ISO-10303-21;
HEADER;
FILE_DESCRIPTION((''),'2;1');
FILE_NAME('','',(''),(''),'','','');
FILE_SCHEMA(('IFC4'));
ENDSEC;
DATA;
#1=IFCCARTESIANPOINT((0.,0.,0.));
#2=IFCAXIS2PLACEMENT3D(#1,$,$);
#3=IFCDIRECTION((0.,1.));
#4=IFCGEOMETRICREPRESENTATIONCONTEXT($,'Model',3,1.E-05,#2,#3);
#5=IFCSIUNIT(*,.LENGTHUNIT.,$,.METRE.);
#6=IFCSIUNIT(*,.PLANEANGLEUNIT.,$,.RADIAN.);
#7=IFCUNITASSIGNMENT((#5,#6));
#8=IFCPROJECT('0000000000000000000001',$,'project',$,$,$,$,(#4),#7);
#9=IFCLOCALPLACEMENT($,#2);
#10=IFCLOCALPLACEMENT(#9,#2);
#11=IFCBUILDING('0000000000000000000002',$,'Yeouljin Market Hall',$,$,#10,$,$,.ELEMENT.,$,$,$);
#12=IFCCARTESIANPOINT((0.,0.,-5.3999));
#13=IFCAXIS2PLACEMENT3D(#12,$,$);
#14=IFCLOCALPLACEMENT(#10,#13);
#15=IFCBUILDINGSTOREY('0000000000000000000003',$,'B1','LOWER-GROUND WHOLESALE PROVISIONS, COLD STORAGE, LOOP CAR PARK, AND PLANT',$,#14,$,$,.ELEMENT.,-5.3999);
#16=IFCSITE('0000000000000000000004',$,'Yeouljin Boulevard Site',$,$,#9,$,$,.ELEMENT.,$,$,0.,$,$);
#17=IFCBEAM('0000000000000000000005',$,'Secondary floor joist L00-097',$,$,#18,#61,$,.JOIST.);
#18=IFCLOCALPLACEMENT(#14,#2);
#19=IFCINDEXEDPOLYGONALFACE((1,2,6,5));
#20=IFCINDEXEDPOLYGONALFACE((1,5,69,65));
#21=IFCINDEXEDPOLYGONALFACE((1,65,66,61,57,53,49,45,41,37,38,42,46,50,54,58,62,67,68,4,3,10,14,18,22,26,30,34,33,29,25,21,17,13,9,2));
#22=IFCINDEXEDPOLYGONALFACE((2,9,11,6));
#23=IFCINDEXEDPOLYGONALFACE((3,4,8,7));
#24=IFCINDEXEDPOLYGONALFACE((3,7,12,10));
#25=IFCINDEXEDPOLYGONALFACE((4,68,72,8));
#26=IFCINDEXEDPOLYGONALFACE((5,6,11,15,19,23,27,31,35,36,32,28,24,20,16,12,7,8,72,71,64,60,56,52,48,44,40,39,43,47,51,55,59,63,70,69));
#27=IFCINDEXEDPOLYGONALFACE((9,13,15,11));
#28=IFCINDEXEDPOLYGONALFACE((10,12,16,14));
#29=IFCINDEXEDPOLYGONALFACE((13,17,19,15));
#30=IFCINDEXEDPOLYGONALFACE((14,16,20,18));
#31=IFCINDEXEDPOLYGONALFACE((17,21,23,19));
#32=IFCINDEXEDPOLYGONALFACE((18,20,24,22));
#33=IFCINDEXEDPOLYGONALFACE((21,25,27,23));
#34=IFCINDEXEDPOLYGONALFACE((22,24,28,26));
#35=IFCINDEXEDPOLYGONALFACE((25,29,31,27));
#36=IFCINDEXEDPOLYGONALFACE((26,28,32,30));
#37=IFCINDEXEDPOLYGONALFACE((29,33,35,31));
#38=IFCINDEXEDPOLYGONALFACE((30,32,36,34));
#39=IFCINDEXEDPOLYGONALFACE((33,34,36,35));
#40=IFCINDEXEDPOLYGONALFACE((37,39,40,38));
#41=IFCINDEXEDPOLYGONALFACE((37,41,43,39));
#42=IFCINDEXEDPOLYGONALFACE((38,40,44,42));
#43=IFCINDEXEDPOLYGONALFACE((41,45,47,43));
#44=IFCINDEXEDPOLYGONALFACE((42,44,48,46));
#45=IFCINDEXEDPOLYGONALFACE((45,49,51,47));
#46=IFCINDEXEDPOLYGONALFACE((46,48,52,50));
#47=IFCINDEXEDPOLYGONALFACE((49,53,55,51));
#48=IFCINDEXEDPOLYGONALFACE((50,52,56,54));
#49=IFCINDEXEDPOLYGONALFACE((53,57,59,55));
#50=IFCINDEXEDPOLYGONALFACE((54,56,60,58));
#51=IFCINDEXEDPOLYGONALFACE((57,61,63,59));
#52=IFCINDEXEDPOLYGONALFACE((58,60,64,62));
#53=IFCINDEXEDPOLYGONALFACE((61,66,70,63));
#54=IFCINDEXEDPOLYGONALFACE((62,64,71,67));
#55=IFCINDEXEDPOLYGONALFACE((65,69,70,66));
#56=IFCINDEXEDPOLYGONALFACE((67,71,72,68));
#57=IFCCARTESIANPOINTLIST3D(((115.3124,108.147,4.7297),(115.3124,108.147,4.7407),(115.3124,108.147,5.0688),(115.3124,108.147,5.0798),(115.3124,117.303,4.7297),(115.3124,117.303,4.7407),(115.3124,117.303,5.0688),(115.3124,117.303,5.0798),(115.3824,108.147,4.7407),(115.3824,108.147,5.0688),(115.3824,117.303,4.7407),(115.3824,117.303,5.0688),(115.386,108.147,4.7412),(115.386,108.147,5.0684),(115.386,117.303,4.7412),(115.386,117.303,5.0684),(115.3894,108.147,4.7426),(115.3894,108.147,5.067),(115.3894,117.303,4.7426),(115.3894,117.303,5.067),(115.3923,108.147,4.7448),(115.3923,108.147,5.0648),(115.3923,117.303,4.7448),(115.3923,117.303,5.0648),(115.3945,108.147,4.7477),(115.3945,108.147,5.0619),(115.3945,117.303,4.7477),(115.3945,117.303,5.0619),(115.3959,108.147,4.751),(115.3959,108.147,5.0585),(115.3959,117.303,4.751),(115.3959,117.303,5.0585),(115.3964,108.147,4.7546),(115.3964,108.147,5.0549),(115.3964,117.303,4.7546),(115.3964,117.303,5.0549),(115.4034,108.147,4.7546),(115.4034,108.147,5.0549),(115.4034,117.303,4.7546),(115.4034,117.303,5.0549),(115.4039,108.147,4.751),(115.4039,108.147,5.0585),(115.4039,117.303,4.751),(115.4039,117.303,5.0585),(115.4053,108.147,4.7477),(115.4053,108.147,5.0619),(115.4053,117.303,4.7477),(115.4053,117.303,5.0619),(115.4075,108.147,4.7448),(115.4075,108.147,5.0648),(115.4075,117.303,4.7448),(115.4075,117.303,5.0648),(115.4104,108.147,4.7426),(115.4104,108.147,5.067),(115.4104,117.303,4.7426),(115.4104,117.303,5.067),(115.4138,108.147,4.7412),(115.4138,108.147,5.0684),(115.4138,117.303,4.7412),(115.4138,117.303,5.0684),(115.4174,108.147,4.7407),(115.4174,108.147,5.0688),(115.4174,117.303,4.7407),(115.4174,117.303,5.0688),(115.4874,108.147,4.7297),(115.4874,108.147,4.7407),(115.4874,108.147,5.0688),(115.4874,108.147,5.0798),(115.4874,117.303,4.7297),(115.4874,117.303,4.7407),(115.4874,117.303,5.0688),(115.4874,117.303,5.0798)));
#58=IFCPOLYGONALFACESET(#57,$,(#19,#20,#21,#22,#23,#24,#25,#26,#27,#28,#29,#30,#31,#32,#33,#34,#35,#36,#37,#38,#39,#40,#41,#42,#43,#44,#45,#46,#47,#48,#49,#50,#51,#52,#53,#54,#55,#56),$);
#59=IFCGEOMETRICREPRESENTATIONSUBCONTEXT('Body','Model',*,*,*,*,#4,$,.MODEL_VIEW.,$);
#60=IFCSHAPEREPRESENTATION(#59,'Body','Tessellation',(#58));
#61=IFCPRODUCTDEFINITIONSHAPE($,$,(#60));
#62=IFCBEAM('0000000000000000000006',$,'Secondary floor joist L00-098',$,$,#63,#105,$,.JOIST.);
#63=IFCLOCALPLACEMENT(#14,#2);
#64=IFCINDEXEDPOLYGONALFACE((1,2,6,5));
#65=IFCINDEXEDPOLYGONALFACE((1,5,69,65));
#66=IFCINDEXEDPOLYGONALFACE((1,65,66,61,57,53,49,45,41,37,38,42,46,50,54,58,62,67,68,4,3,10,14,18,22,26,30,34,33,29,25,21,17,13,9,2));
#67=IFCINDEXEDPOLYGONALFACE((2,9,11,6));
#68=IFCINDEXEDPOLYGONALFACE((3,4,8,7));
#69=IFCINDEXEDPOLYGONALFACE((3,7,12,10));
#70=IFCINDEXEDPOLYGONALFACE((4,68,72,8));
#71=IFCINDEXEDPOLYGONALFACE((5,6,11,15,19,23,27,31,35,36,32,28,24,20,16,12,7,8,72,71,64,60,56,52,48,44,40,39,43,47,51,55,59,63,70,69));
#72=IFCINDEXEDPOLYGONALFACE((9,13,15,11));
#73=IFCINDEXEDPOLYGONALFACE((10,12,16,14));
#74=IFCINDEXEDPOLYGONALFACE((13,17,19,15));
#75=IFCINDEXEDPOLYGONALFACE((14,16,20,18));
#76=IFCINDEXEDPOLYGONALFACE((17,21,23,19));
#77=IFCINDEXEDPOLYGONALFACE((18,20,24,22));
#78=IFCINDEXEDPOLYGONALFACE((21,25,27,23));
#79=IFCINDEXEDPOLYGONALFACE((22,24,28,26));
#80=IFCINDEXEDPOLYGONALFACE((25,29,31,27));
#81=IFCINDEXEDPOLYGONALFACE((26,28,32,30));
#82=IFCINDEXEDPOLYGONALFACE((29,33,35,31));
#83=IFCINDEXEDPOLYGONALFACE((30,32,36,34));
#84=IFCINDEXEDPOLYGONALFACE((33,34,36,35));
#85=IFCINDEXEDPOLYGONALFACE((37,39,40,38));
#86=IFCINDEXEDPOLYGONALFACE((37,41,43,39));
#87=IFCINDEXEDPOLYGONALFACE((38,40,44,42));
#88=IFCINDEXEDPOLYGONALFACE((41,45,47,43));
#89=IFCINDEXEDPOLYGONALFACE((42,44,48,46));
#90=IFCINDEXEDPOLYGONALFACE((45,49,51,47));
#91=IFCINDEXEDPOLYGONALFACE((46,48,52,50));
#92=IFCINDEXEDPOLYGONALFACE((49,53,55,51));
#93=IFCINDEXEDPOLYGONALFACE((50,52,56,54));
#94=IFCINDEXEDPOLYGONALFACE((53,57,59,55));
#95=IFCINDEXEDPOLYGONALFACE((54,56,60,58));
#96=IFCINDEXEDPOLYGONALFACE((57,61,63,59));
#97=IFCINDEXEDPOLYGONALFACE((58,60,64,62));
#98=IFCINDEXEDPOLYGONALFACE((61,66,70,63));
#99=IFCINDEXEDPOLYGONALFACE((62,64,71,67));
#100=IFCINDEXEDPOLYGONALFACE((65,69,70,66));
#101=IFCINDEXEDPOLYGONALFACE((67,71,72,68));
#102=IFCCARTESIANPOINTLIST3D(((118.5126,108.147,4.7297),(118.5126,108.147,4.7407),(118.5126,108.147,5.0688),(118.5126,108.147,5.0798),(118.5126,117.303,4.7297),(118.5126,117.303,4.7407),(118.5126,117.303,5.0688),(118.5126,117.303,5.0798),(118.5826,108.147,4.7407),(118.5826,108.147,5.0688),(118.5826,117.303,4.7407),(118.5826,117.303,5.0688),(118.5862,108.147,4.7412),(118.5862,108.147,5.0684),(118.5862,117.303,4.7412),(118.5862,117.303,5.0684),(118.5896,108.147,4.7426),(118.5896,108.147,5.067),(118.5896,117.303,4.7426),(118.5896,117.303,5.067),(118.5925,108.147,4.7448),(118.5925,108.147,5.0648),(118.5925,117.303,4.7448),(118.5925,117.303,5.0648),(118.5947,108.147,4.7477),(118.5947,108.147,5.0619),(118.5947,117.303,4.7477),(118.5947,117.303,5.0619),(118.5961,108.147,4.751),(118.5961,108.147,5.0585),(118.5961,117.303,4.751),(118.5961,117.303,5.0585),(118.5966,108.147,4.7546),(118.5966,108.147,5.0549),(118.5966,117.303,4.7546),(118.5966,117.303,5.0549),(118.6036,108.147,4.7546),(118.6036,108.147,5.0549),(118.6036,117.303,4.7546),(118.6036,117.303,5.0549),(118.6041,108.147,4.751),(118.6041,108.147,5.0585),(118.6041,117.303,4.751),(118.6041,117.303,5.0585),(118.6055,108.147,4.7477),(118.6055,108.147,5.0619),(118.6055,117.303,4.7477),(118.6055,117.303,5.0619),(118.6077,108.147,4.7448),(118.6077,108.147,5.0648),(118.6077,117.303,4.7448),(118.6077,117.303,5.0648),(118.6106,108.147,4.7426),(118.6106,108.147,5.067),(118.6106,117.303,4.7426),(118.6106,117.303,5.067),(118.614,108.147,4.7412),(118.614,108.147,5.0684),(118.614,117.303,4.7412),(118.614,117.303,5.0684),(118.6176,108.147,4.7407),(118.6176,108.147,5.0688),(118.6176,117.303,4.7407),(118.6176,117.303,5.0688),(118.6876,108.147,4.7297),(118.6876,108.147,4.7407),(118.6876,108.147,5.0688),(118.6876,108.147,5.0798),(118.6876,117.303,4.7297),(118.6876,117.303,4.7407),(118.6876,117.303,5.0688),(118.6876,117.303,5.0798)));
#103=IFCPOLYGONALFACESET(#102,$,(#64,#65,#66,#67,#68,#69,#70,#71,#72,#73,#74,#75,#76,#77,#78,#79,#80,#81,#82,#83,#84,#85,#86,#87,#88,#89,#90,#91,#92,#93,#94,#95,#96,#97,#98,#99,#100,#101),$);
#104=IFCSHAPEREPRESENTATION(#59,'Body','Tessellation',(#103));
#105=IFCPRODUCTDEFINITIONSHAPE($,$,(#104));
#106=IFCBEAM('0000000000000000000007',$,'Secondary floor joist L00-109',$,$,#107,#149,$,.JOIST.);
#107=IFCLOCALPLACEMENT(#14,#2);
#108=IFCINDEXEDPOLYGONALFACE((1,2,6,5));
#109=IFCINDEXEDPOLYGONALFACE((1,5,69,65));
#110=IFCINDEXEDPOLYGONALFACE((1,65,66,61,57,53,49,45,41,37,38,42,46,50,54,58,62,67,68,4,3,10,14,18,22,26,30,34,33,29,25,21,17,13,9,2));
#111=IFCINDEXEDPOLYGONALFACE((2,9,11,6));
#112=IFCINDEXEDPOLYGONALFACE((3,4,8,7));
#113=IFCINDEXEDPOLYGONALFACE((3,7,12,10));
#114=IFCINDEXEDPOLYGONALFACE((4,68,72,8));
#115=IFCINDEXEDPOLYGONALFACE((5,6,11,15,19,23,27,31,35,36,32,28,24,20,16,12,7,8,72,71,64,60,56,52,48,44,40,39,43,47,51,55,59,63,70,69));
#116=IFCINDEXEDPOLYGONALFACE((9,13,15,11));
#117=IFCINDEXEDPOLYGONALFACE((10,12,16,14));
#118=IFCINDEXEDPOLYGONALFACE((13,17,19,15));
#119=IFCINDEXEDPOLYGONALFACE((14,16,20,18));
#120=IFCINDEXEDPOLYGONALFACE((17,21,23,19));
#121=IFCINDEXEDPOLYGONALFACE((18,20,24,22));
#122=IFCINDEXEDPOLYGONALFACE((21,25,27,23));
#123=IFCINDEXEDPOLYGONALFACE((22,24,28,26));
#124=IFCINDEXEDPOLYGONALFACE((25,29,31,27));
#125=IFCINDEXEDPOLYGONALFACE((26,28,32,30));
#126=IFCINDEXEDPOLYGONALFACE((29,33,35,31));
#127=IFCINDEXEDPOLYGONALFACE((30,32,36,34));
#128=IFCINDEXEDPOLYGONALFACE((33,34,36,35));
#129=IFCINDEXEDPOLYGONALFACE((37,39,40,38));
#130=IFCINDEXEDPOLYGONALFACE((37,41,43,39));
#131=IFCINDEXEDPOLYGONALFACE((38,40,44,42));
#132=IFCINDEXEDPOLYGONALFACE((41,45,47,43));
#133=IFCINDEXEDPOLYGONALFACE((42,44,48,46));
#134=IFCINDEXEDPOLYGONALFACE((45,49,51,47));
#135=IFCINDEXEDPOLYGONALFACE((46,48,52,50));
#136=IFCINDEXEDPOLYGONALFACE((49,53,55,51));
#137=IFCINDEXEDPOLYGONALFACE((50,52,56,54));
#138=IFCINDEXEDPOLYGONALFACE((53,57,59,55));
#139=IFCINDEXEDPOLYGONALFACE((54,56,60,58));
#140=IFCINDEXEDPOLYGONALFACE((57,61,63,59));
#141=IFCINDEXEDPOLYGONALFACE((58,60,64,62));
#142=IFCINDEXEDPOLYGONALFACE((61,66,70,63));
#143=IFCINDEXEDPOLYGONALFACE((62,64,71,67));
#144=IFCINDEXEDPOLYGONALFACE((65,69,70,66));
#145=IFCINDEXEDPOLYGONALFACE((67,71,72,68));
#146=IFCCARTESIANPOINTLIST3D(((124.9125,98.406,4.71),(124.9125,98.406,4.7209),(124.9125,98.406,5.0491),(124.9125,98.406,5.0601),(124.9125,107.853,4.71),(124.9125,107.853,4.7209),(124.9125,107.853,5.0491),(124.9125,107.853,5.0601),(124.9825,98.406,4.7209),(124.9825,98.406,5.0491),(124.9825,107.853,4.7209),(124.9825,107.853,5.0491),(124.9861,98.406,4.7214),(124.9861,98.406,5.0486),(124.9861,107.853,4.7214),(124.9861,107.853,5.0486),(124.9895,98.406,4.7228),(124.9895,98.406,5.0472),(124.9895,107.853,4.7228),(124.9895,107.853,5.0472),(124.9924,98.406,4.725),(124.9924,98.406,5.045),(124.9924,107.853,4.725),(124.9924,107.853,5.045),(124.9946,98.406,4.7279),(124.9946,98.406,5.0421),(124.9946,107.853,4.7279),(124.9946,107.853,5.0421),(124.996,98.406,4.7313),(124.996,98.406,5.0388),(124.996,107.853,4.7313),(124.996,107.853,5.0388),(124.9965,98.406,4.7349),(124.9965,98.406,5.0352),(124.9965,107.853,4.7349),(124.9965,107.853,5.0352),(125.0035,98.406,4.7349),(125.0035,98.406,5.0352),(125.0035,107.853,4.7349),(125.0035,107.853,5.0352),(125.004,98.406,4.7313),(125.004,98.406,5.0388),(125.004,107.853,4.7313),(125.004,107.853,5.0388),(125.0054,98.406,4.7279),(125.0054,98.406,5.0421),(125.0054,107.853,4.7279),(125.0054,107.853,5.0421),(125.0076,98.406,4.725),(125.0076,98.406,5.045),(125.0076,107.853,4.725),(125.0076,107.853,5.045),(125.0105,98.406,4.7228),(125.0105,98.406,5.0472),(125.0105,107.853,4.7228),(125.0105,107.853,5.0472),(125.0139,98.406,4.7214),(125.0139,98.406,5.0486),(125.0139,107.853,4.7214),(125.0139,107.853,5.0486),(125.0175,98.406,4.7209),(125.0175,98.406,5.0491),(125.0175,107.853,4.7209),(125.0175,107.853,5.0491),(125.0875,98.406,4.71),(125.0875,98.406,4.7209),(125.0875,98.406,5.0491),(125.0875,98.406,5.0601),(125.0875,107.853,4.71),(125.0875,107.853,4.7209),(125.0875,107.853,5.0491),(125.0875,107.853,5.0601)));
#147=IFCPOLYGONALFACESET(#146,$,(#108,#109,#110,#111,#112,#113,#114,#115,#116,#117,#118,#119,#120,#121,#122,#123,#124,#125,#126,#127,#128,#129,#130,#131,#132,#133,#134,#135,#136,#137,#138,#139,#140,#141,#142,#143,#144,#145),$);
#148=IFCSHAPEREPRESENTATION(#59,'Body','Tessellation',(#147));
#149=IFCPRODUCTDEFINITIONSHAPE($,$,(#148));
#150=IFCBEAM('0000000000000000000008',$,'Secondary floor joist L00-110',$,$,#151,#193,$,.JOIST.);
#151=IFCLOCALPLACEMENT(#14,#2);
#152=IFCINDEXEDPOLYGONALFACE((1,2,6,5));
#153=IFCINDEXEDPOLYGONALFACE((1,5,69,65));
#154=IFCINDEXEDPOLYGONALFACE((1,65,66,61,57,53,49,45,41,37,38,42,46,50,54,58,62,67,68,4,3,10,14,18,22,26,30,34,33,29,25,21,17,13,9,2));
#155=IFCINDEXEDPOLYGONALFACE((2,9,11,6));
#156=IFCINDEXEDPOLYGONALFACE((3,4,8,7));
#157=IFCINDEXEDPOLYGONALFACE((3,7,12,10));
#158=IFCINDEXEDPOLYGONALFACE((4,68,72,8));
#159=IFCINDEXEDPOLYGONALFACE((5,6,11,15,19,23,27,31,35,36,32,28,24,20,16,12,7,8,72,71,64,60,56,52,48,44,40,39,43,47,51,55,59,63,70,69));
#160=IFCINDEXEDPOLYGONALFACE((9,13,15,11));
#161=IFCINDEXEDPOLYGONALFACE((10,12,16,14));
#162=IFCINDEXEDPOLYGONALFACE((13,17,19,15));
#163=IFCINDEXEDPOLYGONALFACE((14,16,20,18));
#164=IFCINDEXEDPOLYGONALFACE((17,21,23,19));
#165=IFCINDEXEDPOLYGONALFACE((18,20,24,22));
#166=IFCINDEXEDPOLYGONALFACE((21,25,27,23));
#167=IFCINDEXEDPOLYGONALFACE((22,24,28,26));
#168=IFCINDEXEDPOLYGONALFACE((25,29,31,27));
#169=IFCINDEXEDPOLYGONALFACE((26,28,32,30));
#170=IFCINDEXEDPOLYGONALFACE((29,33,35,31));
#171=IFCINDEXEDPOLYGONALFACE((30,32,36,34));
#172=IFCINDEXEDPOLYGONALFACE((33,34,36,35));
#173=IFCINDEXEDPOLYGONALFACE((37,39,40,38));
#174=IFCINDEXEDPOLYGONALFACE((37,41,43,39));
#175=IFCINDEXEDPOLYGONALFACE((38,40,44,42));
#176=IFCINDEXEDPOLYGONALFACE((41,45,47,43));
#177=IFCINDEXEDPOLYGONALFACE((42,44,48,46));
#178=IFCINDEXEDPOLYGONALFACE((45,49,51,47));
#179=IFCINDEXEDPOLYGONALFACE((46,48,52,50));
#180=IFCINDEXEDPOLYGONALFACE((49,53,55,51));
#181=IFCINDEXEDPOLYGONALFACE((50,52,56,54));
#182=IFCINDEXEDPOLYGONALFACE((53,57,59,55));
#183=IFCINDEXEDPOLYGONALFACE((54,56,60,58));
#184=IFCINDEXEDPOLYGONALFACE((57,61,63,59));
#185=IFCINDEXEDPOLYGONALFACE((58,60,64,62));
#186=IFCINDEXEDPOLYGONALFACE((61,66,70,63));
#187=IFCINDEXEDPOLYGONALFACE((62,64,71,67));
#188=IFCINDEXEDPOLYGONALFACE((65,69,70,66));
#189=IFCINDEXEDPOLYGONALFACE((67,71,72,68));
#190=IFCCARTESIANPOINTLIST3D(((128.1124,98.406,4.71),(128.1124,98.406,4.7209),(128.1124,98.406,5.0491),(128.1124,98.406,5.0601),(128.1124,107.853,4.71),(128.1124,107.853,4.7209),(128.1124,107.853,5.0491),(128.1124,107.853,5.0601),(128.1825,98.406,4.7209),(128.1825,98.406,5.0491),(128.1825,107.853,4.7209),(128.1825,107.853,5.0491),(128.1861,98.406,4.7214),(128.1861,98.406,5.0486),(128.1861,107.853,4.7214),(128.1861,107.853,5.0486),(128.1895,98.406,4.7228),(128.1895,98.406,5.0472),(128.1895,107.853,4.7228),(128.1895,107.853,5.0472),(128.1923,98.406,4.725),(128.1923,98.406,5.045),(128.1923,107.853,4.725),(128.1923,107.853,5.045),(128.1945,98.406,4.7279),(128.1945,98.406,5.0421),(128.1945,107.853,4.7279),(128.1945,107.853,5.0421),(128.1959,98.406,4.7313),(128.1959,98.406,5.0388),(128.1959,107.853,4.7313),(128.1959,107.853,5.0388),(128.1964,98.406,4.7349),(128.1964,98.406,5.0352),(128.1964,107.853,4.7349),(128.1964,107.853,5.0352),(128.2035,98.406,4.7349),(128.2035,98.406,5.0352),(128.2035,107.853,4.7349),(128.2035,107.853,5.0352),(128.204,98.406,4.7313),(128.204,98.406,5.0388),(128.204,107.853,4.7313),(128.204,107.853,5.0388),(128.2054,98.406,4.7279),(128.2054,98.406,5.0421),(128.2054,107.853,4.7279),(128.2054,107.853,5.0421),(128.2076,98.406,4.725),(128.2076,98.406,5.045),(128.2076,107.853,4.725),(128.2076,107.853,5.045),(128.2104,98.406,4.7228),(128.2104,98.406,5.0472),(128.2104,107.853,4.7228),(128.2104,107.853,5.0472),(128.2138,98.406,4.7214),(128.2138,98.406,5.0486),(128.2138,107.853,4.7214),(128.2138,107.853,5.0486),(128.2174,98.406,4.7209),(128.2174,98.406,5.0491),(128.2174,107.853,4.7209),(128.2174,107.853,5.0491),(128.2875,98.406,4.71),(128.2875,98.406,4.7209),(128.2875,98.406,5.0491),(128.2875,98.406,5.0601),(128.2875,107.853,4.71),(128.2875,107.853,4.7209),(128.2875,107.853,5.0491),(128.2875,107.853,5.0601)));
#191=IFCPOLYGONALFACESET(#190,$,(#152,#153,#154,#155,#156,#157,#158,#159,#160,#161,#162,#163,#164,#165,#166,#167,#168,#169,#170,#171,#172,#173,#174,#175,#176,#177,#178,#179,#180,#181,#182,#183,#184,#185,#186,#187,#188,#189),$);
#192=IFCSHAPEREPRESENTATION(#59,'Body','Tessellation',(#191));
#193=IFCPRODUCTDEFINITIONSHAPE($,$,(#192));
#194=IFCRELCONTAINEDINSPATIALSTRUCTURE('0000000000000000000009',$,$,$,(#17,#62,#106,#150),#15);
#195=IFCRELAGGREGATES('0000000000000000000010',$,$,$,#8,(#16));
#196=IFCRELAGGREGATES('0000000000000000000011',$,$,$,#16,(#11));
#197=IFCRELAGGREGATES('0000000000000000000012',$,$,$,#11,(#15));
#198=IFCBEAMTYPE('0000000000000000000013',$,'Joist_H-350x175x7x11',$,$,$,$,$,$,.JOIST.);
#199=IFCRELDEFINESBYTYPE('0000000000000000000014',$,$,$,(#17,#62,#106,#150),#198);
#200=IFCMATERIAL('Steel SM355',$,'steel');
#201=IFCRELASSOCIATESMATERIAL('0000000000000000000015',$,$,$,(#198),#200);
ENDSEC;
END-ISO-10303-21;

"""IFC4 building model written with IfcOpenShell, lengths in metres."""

from ifc_helpers import new_model, si_unit, direction, frame, origin, origin_2d, place, context, subcontext, project, spatial, i_section, extrude, material, material_profile, profile_set, type_object, element, save


model = new_model("IFC4")

# Units and contexts
model_context = context("Model", 3, precision=1e-05, world=origin(), true_north=direction((0.0, 1.0)))
body_context = subcontext(model_context, "Body", "Model", "MODEL_VIEW")
ifc_project = project(units=[si_unit("LENGTHUNIT", "METRE"), si_unit("PLANEANGLEUNIT", "RADIAN")], contexts=[model_context])

# Site, building, storey
site_placement = place(None, origin())
site = spatial("IfcSite", under=ifc_project, at=site_placement, Name="Yeouljin Boulevard Site", CompositionType="ELEMENT", RefElevation=0.0)
building_placement = place(site_placement, origin())
building = spatial("IfcBuilding", under=site, at=building_placement, Name="Yeouljin Market Hall", CompositionType="ELEMENT")
storey_placement = place(building_placement, frame((0.0, 0.0, -5.3999)))
storey = spatial("IfcBuildingStorey", under=building, at=storey_placement, Name="B1", Description="LOWER-GROUND WHOLESALE PROVISIONS, COLD STORAGE, LOOP CAR PARK, AND PLANT", CompositionType="ELEMENT", Elevation=-5.3999)

# Beams
ifc_material_1 = material(Name="Steel SM355", Category="steel")
ifc_material_profile_1 = material_profile(ifc_material_1, i_section(OverallWidth=0.175, OverallDepth=0.3501, WebThickness=0.0071, FlangeThickness=0.011, FilletRadius=0.0139, at=origin_2d()), Name="H-350x175x7x11")
ifc_profile_set_1 = profile_set([ifc_material_profile_1], Name="Steel SM355")
beam_type_1 = type_object("IfcBeamType", Name="Joist_H-350x175x7x11", PredefinedType="JOIST", material=ifc_profile_set_1)
for number, where, z_axis, x_axis, name in (
    (1, (115.3999, 108.147, 4.9048), (0.0, 1.0, 0.0), (-1.0, 0.0, 0.0), "Secondary floor joist L00-097"),
    (2, (118.6001, 108.147, 4.9048), (0.0, 1.0, 0.0), (-1.0, 0.0, 0.0), "Secondary floor joist L00-098"),
):
    element("IfcBeam", number, at=place(storey_placement, frame(where, z_axis=z_axis, x_axis=x_axis)), inside=storey, type_object=beam_type_1, Name=name, PredefinedType="JOIST", context=body_context, shape_type="SweptSolid", body=[
        extrude(i_section(OverallWidth=0.175, OverallDepth=0.3501, WebThickness=0.0071, FlangeThickness=0.011, FilletRadius=0.0139, at=origin_2d()), origin(), (0.0, 0.0, 1.0), 9.156),
    ])
for number, where, z_axis, x_axis, name in (
    (3, (125.0, 98.406, 4.885), (0.0, 1.0, 0.0), (-1.0, 0.0, 0.0), "Secondary floor joist L00-109"),
    (4, (128.2, 98.406, 4.885), (0.0, 1.0, 0.0), (-1.0, 0.0, 0.0), "Secondary floor joist L00-110"),
):
    element("IfcBeam", number, at=place(storey_placement, frame(where, z_axis=z_axis, x_axis=x_axis)), inside=storey, type_object=beam_type_1, Name=name, PredefinedType="JOIST", context=body_context, shape_type="SweptSolid", body=[
        extrude(i_section(OverallWidth=0.175, OverallDepth=0.3501, WebThickness=0.0071, FlangeThickness=0.011, FilletRadius=0.0139, at=origin_2d()), origin(), (0.0, 0.0, 1.0), 9.447),
    ])

save(model, "model.ifc")
